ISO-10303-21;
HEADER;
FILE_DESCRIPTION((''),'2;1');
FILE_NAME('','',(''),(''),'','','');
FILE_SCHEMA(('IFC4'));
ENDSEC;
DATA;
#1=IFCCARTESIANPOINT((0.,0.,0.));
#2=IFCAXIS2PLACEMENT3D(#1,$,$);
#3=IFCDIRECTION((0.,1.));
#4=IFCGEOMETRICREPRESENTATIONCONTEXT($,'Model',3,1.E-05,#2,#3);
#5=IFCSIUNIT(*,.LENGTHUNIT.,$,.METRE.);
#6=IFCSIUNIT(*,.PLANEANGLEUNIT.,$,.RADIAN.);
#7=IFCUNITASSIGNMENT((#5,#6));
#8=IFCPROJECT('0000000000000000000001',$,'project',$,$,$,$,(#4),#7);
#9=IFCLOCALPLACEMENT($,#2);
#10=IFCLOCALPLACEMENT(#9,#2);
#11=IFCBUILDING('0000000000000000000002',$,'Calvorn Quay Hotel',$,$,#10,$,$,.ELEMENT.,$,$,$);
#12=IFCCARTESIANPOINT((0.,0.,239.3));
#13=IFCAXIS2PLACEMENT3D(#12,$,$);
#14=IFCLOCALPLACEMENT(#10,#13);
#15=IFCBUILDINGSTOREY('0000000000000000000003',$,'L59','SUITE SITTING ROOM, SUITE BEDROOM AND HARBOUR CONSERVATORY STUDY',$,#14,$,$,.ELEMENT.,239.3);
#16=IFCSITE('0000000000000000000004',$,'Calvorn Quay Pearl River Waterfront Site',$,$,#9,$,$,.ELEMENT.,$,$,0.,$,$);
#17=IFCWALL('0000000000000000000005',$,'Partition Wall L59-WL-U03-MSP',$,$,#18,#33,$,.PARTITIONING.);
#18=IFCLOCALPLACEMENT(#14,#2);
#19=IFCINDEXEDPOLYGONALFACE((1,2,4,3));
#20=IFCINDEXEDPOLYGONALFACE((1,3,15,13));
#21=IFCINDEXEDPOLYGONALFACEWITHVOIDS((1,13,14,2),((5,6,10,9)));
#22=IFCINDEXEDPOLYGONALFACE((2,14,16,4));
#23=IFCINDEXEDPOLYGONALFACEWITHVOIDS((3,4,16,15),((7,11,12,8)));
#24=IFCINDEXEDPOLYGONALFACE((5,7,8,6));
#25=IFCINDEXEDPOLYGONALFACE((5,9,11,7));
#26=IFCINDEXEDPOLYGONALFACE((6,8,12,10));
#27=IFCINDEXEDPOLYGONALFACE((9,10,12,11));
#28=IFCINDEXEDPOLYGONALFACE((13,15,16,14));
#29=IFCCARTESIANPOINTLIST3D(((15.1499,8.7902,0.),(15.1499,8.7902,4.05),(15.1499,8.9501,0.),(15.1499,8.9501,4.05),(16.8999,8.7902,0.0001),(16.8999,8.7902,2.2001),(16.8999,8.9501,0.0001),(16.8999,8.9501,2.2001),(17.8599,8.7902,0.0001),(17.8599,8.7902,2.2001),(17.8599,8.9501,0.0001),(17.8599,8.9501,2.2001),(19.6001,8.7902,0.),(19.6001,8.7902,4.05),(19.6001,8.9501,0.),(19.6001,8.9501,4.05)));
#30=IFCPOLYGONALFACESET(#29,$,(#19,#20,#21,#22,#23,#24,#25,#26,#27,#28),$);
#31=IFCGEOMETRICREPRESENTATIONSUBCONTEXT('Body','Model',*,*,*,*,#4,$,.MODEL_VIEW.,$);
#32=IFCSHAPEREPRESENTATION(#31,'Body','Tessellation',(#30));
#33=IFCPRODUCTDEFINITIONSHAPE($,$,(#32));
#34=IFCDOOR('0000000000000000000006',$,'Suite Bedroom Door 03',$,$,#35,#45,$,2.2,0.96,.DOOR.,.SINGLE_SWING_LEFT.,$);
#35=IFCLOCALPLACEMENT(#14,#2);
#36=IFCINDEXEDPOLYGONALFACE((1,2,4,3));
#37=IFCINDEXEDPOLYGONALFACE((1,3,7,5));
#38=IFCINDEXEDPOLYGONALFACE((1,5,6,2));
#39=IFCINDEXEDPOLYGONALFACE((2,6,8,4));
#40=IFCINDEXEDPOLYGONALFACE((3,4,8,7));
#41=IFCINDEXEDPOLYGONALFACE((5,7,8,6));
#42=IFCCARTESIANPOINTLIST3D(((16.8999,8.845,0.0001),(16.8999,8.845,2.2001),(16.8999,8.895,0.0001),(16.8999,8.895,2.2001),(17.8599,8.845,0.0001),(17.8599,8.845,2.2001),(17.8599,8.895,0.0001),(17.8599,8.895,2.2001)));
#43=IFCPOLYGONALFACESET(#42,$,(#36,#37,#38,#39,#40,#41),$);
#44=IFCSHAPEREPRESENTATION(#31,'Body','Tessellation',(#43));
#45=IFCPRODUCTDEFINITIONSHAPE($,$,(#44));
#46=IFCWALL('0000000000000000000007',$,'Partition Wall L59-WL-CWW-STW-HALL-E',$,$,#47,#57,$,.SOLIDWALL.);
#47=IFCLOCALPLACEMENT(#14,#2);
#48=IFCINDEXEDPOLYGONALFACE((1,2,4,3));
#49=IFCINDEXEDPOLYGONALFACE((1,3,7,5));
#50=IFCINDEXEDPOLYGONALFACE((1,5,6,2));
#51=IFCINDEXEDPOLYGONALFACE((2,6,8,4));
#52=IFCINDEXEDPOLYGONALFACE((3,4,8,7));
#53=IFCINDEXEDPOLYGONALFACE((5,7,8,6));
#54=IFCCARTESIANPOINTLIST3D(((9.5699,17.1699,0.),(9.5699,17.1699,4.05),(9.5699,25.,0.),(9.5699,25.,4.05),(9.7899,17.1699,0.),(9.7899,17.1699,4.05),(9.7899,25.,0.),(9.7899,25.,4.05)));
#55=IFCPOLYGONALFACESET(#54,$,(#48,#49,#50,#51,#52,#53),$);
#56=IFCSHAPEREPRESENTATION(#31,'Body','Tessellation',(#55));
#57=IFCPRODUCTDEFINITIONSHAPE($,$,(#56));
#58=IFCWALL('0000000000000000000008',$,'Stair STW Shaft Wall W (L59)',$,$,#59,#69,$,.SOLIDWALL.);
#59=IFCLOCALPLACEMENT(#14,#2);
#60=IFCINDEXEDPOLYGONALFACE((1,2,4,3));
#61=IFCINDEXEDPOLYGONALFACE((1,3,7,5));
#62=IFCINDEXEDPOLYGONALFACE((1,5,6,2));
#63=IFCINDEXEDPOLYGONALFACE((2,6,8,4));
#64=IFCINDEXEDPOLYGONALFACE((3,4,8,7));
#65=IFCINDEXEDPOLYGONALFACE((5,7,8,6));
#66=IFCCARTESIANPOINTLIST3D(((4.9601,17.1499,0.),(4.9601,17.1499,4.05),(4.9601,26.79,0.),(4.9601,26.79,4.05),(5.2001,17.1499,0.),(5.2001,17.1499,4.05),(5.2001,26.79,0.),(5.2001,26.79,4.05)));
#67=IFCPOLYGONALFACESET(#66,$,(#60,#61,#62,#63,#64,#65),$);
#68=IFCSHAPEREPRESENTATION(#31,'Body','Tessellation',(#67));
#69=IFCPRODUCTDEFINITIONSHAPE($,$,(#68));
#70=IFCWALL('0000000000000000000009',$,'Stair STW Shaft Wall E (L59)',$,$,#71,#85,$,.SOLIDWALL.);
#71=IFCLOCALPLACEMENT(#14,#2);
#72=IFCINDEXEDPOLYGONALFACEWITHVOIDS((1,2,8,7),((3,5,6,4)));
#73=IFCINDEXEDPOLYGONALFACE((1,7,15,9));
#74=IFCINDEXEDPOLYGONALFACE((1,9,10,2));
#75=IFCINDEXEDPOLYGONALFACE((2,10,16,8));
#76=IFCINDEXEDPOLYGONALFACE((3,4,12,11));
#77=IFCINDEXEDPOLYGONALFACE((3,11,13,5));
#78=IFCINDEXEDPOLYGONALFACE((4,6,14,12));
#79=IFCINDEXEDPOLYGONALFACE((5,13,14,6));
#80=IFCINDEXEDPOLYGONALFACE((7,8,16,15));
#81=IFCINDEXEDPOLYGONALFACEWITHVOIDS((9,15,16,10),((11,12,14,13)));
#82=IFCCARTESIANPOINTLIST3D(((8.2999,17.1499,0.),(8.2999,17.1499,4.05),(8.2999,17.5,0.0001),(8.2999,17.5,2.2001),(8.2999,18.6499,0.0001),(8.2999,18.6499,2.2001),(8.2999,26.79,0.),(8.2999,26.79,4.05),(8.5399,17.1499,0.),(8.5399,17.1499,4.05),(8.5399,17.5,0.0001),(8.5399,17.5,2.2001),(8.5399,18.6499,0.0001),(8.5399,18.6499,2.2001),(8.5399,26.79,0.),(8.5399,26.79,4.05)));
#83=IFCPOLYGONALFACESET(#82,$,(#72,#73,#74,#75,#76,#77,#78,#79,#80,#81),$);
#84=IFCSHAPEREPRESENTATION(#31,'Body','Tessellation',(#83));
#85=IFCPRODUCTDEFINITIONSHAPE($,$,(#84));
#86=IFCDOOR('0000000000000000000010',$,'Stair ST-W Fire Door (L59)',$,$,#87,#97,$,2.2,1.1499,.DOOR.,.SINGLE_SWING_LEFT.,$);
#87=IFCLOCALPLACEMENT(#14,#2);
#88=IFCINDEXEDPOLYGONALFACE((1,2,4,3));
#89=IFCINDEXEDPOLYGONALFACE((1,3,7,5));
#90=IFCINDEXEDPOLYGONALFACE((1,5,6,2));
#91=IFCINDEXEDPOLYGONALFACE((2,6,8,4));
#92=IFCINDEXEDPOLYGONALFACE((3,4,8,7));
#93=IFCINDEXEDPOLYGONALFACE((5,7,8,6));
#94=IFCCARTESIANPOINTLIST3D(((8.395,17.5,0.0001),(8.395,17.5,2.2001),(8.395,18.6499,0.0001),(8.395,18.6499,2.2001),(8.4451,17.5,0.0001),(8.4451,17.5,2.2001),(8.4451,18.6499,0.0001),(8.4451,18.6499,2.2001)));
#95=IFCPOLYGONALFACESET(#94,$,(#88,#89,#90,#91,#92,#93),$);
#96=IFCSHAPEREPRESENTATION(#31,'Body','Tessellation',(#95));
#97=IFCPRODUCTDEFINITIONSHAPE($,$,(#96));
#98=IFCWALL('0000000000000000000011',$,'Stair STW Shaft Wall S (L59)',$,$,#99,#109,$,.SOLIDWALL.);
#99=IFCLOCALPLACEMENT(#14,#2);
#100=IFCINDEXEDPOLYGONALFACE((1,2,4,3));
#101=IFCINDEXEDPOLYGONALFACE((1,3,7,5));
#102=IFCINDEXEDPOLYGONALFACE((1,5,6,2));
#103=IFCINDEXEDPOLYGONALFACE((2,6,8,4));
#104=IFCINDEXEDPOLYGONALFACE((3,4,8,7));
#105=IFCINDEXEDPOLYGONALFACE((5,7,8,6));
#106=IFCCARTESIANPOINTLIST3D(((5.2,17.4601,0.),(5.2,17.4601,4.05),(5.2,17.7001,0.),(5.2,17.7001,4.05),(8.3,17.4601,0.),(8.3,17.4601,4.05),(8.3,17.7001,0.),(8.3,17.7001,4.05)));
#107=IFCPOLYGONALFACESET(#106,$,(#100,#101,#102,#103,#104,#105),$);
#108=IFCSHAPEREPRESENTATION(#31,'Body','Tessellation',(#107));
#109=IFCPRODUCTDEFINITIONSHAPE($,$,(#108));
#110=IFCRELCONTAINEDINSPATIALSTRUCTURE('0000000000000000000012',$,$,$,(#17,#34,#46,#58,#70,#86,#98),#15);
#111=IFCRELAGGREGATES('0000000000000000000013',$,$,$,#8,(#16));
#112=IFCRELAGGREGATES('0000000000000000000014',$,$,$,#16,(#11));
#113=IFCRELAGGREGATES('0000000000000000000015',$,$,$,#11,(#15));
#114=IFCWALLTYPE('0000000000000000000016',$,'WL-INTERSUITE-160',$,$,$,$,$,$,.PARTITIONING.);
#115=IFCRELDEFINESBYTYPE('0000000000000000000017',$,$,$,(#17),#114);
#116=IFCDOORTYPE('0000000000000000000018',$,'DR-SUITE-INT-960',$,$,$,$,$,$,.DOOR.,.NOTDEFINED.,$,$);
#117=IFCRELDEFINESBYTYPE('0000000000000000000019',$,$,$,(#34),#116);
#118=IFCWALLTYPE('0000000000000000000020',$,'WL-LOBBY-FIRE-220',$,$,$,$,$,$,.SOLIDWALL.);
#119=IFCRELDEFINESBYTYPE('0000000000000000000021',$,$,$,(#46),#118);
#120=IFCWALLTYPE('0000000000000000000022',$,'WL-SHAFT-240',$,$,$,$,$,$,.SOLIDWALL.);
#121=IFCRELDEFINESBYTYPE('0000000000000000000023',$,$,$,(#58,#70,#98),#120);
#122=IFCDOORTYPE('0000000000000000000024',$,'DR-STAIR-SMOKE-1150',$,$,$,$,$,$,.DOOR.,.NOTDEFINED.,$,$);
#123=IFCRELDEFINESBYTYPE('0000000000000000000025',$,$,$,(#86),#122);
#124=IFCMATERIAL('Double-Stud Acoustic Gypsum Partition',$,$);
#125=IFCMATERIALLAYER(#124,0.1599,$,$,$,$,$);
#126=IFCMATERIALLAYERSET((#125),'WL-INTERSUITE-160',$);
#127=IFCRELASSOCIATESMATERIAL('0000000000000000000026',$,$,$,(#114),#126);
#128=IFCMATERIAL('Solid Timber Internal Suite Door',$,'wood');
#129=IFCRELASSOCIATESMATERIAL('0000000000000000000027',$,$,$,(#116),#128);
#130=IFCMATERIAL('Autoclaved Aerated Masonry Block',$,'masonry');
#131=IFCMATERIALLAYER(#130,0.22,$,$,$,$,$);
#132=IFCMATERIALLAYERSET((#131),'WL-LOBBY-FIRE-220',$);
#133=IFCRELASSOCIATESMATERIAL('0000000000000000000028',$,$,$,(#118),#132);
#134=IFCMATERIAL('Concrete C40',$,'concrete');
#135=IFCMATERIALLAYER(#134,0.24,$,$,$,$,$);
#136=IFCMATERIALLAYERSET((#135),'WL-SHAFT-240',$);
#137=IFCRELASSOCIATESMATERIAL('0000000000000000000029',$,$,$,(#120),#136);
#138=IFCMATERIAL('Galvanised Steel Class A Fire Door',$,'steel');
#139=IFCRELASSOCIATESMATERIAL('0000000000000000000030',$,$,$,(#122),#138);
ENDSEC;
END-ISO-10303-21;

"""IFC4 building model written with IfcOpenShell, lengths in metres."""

from ifc_helpers import new_model, si_unit, direction, frame, frame_2d, origin, place, context, subcontext, project, spatial, rectangle, extrude, material, layer, layer_set, type_object, element, fill, save


model = new_model("IFC4")

# Units and contexts
model_context = context("Model", 3, precision=1e-05, world=origin(), true_north=direction((0.0, 1.0)))
body_context = subcontext(model_context, "Body", "Model", "MODEL_VIEW")
ifc_project = project(units=[si_unit("LENGTHUNIT", "METRE"), si_unit("PLANEANGLEUNIT", "RADIAN")], contexts=[model_context])

# Site, building, storey
site_placement = place(None, origin())
site = spatial("IfcSite", under=ifc_project, at=site_placement, Name="Calvorn Quay Pearl River Waterfront Site", CompositionType="ELEMENT", RefElevation=0.0)
building_placement = place(site_placement, origin())
building = spatial("IfcBuilding", under=site, at=building_placement, Name="Calvorn Quay Hotel", CompositionType="ELEMENT")
storey_placement = place(building_placement, frame((0.0, 0.0, 239.3)))
storey = spatial("IfcBuildingStorey", under=building, at=storey_placement, Name="L59", Description="SUITE SITTING ROOM, SUITE BEDROOM AND HARBOUR CONSERVATORY STUDY", CompositionType="ELEMENT", Elevation=239.3)

# Wall, opening, door
ifc_material_1 = material(Name="Double-Stud Acoustic Gypsum Partition")
ifc_layer_1 = layer(ifc_material_1, 0.1599)
ifc_layer_set_1 = layer_set([ifc_layer_1], Name="WL-INTERSUITE-160")
wall_type_1 = type_object("IfcWallType", Name="WL-INTERSUITE-160", PredefinedType="PARTITIONING", material=ifc_layer_set_1)
ifc_material_2 = material(Name="Solid Timber Internal Suite Door", Category="wood")
door_type_1 = type_object("IfcDoorType", Name="DR-SUITE-INT-960", OperationType="NOTDEFINED", PredefinedType="DOOR", material=ifc_material_2)
wall_1_placement = place(storey_placement, frame((15.1499, 8.8701, 0.0), z_axis=(0.0, 0.0, 1.0), x_axis=(1.0, 0.0, 0.0)))
wall_1 = element("IfcWall", 1, at=wall_1_placement, inside=storey, type_object=wall_type_1, Name="Partition Wall L59-WL-U03-MSP", PredefinedType="PARTITIONING", context=body_context, shape_type="SweptSolid", body=[
    extrude(rectangle(XDim=4.4502, YDim=0.1599, at=frame_2d((2.2251, 0.0))), origin(), (0.0, 0.0, 1.0), 4.05),
])
opening_1_placement = place(wall_1_placement, frame((1.75, 0.0, 0.0)))
opening_1 = element("IfcOpeningElement", 2, at=opening_1_placement, cuts=wall_1, PredefinedType="OPENING", context=body_context, shape_type="SweptSolid", body=[
    extrude(rectangle(XDim=0.96, YDim=2.2, at=frame_2d((0.48, 1.1001))), frame((0.0, 0.0898, 0.0), z_axis=(0.0, -1.0, 0.0), x_axis=(1.0, 0.0, 0.0)), (0.0, 0.0, 1.0), 0.1799),
])
door_1_placement = place(opening_1_placement, origin())
door_1 = element("IfcDoor", 3, at=door_1_placement, inside=storey, type_object=door_type_1, Name="Suite Bedroom Door 03", OperationType="SINGLE_SWING_LEFT", OverallHeight=2.2, OverallWidth=0.96, PredefinedType="DOOR", context=body_context, shape_type="SweptSolid", body=[
    extrude(rectangle(XDim=0.96, YDim=2.2, at=frame_2d((0.48, 1.1001))), frame((0.0, 0.0249, 0.0), z_axis=(0.0, -1.0, 0.0), x_axis=(1.0, 0.0, 0.0)), (0.0, 0.0, 1.0), 0.05),
])
fill(opening_1, door_1)

# Walls
ifc_material_3 = material(Name="Autoclaved Aerated Masonry Block", Category="masonry")
ifc_layer_2 = layer(ifc_material_3, 0.22)
ifc_layer_set_2 = layer_set([ifc_layer_2], Name="WL-LOBBY-FIRE-220")
wall_type_2 = type_object("IfcWallType", Name="WL-LOBBY-FIRE-220", PredefinedType="SOLIDWALL", material=ifc_layer_set_2)
wall_2_placement = place(storey_placement, frame((9.6799, 17.1699, 0.0), z_axis=(0.0, 0.0, 1.0), x_axis=(0.0, 1.0, 0.0)))
element("IfcWall", 4, at=wall_2_placement, inside=storey, type_object=wall_type_2, Name="Partition Wall L59-WL-CWW-STW-HALL-E", PredefinedType="SOLIDWALL", context=body_context, shape_type="SweptSolid", body=[
    extrude(rectangle(XDim=7.8301, YDim=0.22, at=frame_2d((3.915, 0.0))), origin(), (0.0, 0.0, 1.0), 4.05),
])
ifc_material_4 = material(Name="Concrete C40", Category="concrete")
ifc_layer_3 = layer(ifc_material_4, 0.24)
ifc_layer_set_3 = layer_set([ifc_layer_3], Name="WL-SHAFT-240")
wall_type_3 = type_object("IfcWallType", Name="WL-SHAFT-240", PredefinedType="SOLIDWALL", material=ifc_layer_set_3)
wall_3_placement = place(storey_placement, frame((5.0801, 17.1499, 0.0), z_axis=(0.0, 0.0, 1.0), x_axis=(0.0, 1.0, 0.0)))
element("IfcWall", 5, at=wall_3_placement, inside=storey, type_object=wall_type_3, Name="Stair STW Shaft Wall W (L59)", PredefinedType="SOLIDWALL", context=body_context, shape_type="SweptSolid", body=[
    extrude(rectangle(XDim=9.6401, YDim=0.24, at=frame_2d((4.8201, 0.0))), origin(), (0.0, 0.0, 1.0), 4.05),
])

# Wall, opening, door
wall_4_placement = place(storey_placement, frame((8.4199, 17.1499, 0.0), z_axis=(0.0, 0.0, 1.0), x_axis=(0.0, 1.0, 0.0)))
wall_4 = element("IfcWall", 6, at=wall_4_placement, inside=storey, type_object=wall_type_3, Name="Stair STW Shaft Wall E (L59)", PredefinedType="SOLIDWALL", context=body_context, shape_type="SweptSolid", body=[
    extrude(rectangle(XDim=9.6401, YDim=0.24, at=frame_2d((4.8201, 0.0))), origin(), (0.0, 0.0, 1.0), 4.05),
])
opening_2_placement = place(wall_4_placement, frame((0.3501, 0.0, 0.0)))
opening_2 = element("IfcOpeningElement", 7, at=opening_2_placement, cuts=wall_4, PredefinedType="OPENING", context=body_context, shape_type="SweptSolid", body=[
    extrude(rectangle(XDim=1.1499, YDim=2.2, at=frame_2d((0.575, 1.1001))), frame((0.0, 0.1299, 0.0), z_axis=(0.0, -1.0, 0.0), x_axis=(1.0, 0.0, 0.0)), (0.0, 0.0, 1.0), 0.26),
])
ifc_material_5 = material(Name="Galvanised Steel Class A Fire Door", Category="steel")
door_type_2 = type_object("IfcDoorType", Name="DR-STAIR-SMOKE-1150", OperationType="NOTDEFINED", PredefinedType="DOOR", material=ifc_material_5)
door_2_placement = place(opening_2_placement, origin())
door_2 = element("IfcDoor", 8, at=door_2_placement, inside=storey, type_object=door_type_2, Name="Stair ST-W Fire Door (L59)", OperationType="SINGLE_SWING_LEFT", OverallHeight=2.2, OverallWidth=1.1499, PredefinedType="DOOR", context=body_context, shape_type="SweptSolid", body=[
    extrude(rectangle(XDim=1.1499, YDim=2.2, at=frame_2d((0.575, 1.1001))), frame((0.0, 0.0249, 0.0), z_axis=(0.0, -1.0, 0.0), x_axis=(1.0, 0.0, 0.0)), (0.0, 0.0, 1.0), 0.05),
])
fill(opening_2, door_2)

# Wall
wall_5_placement = place(storey_placement, frame((5.2, 17.5801, 0.0), z_axis=(0.0, 0.0, 1.0), x_axis=(1.0, 0.0, 0.0)))
element("IfcWall", 9, at=wall_5_placement, inside=storey, type_object=wall_type_3, Name="Stair STW Shaft Wall S (L59)", PredefinedType="SOLIDWALL", context=body_context, shape_type="SweptSolid", body=[
    extrude(rectangle(XDim=3.1001, YDim=0.24, at=frame_2d((1.55, 0.0))), origin(), (0.0, 0.0, 1.0), 4.05),
])

save(model, "model.ifc")
